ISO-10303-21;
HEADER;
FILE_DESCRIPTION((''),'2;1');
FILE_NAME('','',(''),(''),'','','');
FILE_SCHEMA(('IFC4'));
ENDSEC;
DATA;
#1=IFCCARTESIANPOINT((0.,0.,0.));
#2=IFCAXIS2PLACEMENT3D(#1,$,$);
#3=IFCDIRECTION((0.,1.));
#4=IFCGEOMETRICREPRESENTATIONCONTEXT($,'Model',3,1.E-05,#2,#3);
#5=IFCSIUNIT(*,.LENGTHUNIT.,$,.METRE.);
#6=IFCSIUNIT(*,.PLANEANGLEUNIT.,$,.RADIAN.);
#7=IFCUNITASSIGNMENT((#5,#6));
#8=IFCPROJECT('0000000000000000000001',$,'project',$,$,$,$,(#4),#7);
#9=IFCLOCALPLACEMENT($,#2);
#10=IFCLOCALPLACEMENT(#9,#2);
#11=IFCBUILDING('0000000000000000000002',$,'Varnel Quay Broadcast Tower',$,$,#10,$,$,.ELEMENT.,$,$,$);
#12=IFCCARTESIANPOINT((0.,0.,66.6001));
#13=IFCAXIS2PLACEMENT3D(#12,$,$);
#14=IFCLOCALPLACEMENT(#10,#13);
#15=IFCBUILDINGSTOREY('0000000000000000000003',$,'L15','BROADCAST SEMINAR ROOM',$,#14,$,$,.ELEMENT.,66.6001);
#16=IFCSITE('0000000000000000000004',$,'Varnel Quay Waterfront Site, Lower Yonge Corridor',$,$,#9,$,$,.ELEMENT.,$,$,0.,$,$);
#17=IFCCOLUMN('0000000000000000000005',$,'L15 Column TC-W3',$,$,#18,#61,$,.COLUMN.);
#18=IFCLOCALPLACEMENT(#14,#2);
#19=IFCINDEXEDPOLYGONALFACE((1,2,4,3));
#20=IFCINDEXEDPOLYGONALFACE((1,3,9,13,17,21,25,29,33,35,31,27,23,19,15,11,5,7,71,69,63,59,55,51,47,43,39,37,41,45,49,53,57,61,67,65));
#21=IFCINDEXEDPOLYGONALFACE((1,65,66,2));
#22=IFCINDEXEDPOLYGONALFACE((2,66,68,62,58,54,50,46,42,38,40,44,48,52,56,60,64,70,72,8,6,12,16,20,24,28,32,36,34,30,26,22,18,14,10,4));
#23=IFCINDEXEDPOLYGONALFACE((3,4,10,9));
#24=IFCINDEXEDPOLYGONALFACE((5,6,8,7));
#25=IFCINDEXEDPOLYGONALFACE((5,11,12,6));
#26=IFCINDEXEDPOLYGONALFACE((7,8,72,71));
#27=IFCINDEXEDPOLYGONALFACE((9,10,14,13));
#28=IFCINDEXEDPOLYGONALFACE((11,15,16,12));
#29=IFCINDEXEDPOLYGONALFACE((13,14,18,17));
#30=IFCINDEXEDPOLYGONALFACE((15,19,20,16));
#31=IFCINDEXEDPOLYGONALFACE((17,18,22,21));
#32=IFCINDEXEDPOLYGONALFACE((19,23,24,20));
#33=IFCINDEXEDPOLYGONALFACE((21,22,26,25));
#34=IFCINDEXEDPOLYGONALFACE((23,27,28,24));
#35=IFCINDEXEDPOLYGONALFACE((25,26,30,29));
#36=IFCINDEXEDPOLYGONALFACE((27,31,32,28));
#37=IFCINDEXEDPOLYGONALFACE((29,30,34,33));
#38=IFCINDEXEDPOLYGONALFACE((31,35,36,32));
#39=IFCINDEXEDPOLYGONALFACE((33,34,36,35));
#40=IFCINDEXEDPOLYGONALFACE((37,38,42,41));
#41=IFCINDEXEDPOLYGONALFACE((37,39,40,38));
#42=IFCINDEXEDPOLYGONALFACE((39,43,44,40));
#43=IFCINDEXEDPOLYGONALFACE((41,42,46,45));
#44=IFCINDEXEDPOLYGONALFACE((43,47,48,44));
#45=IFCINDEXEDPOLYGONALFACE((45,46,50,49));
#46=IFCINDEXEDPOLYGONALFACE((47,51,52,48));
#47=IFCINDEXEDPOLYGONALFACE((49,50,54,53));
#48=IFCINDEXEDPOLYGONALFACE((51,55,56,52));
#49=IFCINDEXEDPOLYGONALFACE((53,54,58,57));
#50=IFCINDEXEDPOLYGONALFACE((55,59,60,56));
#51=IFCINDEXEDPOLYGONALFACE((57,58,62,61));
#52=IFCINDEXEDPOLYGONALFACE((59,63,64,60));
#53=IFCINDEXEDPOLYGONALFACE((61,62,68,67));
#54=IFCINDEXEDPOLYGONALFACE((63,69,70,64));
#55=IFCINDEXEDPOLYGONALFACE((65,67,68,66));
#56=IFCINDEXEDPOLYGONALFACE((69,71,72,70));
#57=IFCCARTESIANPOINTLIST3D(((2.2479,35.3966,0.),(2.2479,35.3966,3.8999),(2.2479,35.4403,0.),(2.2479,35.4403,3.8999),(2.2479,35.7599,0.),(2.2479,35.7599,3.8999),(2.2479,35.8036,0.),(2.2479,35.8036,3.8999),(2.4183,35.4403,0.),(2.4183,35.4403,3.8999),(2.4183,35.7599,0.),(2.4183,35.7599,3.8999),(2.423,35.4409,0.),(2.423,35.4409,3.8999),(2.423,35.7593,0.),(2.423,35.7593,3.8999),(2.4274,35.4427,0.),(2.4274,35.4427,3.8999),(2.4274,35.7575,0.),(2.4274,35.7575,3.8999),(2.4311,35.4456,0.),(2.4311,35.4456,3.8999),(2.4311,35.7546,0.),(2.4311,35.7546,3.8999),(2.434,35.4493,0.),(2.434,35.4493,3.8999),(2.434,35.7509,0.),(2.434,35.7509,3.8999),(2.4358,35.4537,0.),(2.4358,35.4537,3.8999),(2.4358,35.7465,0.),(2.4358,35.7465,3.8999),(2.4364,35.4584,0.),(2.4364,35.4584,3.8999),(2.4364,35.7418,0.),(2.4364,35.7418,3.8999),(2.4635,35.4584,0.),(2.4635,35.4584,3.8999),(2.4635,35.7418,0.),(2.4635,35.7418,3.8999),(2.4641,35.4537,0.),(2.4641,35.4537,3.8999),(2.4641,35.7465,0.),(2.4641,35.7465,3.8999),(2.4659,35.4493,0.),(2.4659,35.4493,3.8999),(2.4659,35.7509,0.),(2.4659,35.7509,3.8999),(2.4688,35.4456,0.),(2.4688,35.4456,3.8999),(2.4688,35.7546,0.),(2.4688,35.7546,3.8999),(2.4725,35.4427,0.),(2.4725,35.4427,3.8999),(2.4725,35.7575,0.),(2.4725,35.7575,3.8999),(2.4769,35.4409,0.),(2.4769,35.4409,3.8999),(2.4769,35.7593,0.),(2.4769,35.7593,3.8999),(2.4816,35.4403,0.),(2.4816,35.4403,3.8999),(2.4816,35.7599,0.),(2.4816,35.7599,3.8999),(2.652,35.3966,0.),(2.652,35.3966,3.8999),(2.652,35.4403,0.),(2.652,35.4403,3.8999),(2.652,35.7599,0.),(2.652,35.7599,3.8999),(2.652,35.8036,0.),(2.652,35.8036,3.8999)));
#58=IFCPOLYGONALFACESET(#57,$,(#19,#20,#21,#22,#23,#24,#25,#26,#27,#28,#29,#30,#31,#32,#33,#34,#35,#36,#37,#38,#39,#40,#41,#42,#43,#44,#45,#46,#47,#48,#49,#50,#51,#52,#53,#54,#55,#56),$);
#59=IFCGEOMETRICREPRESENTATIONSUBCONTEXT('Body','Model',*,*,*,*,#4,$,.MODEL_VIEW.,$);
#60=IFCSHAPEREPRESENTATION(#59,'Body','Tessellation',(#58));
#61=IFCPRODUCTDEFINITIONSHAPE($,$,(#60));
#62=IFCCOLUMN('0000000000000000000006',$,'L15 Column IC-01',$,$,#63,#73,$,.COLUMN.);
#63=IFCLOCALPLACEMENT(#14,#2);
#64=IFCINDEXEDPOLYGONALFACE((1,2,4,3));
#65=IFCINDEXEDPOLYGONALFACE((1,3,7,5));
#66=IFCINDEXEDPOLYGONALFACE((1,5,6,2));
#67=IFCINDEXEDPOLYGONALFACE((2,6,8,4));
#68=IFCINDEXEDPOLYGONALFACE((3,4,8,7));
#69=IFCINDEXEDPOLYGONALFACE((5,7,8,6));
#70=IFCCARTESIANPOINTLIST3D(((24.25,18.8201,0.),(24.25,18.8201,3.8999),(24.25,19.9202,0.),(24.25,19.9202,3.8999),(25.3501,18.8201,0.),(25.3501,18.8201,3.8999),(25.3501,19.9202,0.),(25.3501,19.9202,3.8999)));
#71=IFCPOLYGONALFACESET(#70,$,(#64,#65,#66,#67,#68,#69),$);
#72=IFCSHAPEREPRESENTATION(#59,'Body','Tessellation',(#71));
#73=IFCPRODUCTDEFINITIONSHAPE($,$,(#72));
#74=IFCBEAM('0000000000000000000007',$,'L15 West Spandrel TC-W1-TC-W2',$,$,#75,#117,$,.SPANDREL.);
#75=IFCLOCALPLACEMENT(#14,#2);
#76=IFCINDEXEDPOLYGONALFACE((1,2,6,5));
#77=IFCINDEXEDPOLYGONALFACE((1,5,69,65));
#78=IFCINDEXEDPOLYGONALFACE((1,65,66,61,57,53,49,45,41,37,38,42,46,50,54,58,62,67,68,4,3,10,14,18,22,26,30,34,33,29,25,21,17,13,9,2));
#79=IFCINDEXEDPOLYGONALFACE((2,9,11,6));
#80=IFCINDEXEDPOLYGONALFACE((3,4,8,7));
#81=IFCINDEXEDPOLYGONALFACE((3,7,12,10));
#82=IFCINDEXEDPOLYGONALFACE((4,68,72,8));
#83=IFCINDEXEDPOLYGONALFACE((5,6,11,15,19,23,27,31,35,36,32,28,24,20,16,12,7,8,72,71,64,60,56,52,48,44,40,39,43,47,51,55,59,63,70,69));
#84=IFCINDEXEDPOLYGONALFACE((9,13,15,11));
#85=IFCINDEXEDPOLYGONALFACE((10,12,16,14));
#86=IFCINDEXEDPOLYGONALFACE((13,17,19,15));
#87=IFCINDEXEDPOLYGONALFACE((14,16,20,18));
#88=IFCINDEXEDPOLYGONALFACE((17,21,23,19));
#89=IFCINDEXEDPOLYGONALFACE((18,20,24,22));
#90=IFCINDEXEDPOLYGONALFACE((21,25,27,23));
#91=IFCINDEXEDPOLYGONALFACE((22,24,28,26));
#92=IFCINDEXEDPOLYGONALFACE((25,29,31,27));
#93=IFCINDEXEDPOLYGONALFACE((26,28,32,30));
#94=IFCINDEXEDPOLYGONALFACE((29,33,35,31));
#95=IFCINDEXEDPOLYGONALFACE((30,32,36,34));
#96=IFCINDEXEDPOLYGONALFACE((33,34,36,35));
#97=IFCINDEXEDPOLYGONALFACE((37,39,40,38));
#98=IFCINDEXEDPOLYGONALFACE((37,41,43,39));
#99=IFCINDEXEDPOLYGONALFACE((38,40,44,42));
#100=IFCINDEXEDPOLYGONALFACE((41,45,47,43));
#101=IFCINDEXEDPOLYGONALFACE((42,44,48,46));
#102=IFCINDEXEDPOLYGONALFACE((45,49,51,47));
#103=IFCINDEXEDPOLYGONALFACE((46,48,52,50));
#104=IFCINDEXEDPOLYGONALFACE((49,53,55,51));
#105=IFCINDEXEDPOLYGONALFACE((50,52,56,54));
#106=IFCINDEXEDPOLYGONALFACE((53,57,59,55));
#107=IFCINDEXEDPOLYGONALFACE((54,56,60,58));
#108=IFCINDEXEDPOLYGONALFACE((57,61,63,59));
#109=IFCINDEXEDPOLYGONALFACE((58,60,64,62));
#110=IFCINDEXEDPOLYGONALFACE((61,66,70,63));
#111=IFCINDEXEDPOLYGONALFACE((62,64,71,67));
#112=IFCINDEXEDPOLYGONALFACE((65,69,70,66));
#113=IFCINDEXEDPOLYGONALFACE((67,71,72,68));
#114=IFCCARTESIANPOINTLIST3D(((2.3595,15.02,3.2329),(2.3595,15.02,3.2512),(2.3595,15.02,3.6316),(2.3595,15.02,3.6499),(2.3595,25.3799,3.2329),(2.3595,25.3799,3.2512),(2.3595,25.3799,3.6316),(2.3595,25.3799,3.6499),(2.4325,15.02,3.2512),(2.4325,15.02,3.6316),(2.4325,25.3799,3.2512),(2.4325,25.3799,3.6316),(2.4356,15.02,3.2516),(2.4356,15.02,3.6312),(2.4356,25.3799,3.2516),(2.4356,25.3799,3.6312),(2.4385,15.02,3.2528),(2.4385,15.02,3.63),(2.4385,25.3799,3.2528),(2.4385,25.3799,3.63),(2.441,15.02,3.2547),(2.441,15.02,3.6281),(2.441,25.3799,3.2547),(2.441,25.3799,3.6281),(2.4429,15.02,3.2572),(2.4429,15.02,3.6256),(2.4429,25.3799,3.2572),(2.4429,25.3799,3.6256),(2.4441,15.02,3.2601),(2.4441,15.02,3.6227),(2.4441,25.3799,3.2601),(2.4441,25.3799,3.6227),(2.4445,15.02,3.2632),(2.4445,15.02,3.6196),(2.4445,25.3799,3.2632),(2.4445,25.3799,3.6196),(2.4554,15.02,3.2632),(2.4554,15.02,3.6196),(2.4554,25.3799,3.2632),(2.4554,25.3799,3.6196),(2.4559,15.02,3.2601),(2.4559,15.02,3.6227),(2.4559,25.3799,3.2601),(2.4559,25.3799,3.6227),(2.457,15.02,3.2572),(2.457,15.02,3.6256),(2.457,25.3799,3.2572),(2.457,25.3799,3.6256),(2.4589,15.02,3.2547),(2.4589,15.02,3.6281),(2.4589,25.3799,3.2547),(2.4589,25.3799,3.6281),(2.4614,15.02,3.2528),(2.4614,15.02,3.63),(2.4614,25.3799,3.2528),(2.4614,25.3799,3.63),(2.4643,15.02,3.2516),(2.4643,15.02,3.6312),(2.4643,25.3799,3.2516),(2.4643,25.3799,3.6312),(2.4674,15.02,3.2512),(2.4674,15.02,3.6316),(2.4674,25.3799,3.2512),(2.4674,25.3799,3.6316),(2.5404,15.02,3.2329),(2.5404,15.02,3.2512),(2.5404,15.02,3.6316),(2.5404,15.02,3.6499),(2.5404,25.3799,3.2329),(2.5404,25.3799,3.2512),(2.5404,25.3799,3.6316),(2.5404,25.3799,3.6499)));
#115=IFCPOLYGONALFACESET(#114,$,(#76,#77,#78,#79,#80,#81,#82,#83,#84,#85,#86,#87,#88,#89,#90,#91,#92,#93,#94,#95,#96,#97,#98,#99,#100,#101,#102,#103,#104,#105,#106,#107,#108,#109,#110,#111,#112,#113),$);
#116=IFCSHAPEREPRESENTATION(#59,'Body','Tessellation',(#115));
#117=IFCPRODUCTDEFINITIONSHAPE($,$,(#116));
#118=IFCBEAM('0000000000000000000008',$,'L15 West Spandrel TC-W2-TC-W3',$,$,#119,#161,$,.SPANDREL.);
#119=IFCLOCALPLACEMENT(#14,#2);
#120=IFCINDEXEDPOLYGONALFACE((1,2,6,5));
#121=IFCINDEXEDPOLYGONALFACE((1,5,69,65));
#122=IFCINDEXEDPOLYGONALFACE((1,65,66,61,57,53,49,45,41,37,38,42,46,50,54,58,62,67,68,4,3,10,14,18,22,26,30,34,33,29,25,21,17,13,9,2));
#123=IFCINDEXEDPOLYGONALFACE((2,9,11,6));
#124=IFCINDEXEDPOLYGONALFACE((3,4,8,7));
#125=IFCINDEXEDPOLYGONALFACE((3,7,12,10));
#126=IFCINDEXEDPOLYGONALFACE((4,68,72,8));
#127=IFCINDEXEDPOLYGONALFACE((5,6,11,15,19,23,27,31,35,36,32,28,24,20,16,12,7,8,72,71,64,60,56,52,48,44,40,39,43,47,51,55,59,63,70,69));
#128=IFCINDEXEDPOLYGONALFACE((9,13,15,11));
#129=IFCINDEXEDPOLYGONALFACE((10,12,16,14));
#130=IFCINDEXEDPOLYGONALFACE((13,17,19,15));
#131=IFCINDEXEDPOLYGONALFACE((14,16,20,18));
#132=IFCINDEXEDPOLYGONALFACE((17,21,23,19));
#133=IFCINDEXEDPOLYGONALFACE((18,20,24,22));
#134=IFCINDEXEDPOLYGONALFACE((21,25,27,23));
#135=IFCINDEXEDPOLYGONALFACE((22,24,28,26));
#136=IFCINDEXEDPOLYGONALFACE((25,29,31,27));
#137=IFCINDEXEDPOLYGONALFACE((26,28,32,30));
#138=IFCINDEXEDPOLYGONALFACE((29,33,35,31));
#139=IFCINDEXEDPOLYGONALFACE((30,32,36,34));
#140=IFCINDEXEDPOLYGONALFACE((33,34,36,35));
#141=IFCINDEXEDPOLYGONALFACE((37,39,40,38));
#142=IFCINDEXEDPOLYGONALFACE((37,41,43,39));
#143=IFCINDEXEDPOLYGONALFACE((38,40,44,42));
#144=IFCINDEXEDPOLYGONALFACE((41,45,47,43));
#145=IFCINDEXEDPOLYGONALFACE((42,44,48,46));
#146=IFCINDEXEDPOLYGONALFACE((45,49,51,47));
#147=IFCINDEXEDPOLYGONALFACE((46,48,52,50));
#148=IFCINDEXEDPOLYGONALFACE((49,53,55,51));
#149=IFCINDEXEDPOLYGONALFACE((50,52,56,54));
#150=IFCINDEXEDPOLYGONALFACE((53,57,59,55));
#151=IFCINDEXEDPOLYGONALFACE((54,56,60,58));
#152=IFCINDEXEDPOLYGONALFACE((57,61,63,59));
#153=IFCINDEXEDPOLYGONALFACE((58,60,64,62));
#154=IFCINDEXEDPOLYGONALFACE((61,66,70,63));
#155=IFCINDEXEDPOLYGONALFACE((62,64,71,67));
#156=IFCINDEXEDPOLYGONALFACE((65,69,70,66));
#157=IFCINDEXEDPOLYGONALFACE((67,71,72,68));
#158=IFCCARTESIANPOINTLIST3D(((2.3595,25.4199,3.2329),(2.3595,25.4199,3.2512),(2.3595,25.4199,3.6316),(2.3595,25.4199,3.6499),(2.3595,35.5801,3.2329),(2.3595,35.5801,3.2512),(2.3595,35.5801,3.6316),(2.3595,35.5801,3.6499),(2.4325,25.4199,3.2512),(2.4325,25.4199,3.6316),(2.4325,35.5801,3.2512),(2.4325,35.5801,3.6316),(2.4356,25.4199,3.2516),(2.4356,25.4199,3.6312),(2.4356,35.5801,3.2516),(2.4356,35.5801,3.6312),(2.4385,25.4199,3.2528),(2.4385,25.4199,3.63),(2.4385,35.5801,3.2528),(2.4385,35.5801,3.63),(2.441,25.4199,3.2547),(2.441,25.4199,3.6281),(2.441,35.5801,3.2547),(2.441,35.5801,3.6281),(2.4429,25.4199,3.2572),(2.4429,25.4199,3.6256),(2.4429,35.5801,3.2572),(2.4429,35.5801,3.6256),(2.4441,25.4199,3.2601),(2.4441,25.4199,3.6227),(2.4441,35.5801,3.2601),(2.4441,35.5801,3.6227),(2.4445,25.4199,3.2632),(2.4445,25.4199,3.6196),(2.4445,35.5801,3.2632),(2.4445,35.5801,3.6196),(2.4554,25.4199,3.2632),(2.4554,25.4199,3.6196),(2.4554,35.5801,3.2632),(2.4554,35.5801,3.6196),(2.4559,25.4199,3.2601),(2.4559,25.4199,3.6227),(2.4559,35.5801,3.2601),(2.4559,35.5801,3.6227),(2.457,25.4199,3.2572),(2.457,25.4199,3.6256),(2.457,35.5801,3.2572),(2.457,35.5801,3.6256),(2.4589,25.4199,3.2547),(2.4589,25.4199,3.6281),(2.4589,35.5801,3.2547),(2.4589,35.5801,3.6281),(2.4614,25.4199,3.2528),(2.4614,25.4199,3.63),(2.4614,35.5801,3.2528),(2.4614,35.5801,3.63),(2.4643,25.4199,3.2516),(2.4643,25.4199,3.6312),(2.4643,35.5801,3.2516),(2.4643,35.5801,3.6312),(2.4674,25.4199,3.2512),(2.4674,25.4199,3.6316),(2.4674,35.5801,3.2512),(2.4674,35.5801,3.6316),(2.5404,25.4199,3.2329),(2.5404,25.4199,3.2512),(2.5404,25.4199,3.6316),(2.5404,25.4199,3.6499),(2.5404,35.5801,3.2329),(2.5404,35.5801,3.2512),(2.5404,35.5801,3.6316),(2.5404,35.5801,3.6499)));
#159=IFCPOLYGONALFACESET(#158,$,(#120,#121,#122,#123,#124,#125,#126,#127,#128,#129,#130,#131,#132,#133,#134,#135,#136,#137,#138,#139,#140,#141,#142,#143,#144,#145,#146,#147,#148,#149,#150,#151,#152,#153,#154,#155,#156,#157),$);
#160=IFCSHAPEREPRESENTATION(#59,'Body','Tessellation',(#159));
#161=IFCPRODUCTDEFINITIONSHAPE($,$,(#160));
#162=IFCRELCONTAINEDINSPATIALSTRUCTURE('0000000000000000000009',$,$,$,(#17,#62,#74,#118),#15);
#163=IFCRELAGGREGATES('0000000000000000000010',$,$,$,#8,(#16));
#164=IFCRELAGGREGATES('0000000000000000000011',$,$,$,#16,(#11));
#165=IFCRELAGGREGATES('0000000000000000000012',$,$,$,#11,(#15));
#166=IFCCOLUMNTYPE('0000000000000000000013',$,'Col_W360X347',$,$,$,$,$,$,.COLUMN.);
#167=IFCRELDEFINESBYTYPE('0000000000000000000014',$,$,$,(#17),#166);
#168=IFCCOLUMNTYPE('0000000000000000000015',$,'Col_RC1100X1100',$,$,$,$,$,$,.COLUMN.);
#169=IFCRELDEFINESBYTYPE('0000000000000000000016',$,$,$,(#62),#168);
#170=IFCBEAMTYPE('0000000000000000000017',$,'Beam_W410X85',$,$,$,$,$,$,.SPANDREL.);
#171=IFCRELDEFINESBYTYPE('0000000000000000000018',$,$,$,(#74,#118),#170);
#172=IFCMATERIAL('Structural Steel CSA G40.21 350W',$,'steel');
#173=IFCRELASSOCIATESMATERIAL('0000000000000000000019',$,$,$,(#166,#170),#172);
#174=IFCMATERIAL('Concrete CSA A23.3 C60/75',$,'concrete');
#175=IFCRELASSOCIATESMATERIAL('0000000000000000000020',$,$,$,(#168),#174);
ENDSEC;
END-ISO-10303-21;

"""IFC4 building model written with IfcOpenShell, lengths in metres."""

from ifc_helpers import new_model, si_unit, direction, frame, origin, origin_2d, place, context, subcontext, project, spatial, rectangle, i_section, extrude, source, transform, mapped, material, material_profile, profile_set, type_object, type_shapes, element, save


model = new_model("IFC4")

# Units and contexts
model_context = context("Model", 3, precision=1e-05, world=origin(), true_north=direction((0.0, 1.0)))
body_context = subcontext(model_context, "Body", "Model", "MODEL_VIEW")
ifc_project = project(units=[si_unit("LENGTHUNIT", "METRE"), si_unit("PLANEANGLEUNIT", "RADIAN")], contexts=[model_context])

# Site, building, storey
site_placement = place(None, origin())
site = spatial("IfcSite", under=ifc_project, at=site_placement, Name="Varnel Quay Waterfront Site, Lower Yonge Corridor", CompositionType="ELEMENT", RefElevation=0.0)
building_placement = place(site_placement, origin())
building = spatial("IfcBuilding", under=site, at=building_placement, Name="Varnel Quay Broadcast Tower", CompositionType="ELEMENT")
storey_placement = place(building_placement, frame((0.0, 0.0, 66.6001)))
storey = spatial("IfcBuildingStorey", under=building, at=storey_placement, Name="L15", Description="BROADCAST SEMINAR ROOM", CompositionType="ELEMENT", Elevation=66.6001)

# Columns
ifc_material_1 = material(Name="Structural Steel CSA G40.21 350W", Category="steel")
ifc_material_profile_1 = material_profile(ifc_material_1, i_section(OverallWidth=0.4041, OverallDepth=0.407, WebThickness=0.0271, FlangeThickness=0.0437, FilletRadius=0.0181, at=origin_2d()), Name="W360X347")
ifc_profile_set_1 = profile_set([ifc_material_profile_1], Name="Structural Steel CSA G40.21 350W")
column_type_1 = type_object("IfcColumnType", Name="Col_W360X347", PredefinedType="COLUMN", material=ifc_profile_set_1)
shared_shape_1 = source(origin(), body_context, "Body", "SweptSolid", [
    extrude(i_section(OverallWidth=0.4041, OverallDepth=0.407, WebThickness=0.0271, FlangeThickness=0.0437, FilletRadius=0.0181, at=origin_2d()), origin(), (0.0, 0.0, 1.0), 3.8999),
])
type_shapes(column_type_1, [shared_shape_1])
for number, where, z_axis, x_axis, name in (
    (1, (2.45, 35.6001, 0.0), (0.0, 0.0, 1.0), (1.0, 0.0, 0.0), "L15 Column TC-W3"),
):
    element("IfcColumn", number, at=place(storey_placement, frame(where, z_axis=z_axis, x_axis=x_axis)), inside=storey, type_object=column_type_1, Name=name, PredefinedType="COLUMN", context=body_context, shape_type="MappedRepresentation", body=[
        mapped(shared_shape_1, transform((0.0, 0.0, 0.0), x_axis=(1.0, 0.0, 0.0), y_axis=(0.0, 1.0, 0.0), z_axis=(0.0, 0.0, 1.0), scale=1.0)),
    ])
ifc_material_2 = material(Name="Concrete CSA A23.3 C60/75", Category="concrete")
ifc_material_profile_2 = material_profile(ifc_material_2, rectangle(XDim=1.1001, YDim=1.1001, at=origin_2d()), Name="RC1100X1100")
ifc_profile_set_2 = profile_set([ifc_material_profile_2], Name="Concrete CSA A23.3 C60/75")
column_type_2 = type_object("IfcColumnType", Name="Col_RC1100X1100", PredefinedType="COLUMN", material=ifc_profile_set_2)
shared_shape_2 = source(origin(), body_context, "Body", "SweptSolid", [
    extrude(rectangle(XDim=1.1001, YDim=1.1001, at=origin_2d()), origin(), (0.0, 0.0, 1.0), 3.8999),
])
type_shapes(column_type_2, [shared_shape_2])
column_placement = place(storey_placement, frame((24.8, 19.3701, 0.0), z_axis=(0.0, 0.0, 1.0), x_axis=(1.0, 0.0, 0.0)))
element("IfcColumn", 2, at=column_placement, inside=storey, type_object=column_type_2, Name="L15 Column IC-01", PredefinedType="COLUMN", context=body_context, shape_type="MappedRepresentation", body=[
    mapped(shared_shape_2, transform((0.0, 0.0, 0.0), x_axis=(1.0, 0.0, 0.0), y_axis=(0.0, 1.0, 0.0), z_axis=(0.0, 0.0, 1.0), scale=1.0)),
])

# Beams
ifc_material_profile_3 = material_profile(ifc_material_1, i_section(OverallWidth=0.1809, OverallDepth=0.417, WebThickness=0.011, FlangeThickness=0.0183, FilletRadius=0.012, at=origin_2d()), Name="W410X85")
ifc_profile_set_3 = profile_set([ifc_material_profile_3], Name="Structural Steel CSA G40.21 350W")
beam_type_1 = type_object("IfcBeamType", Name="Beam_W410X85", PredefinedType="SPANDREL", material=ifc_profile_set_3)
shared_shape_3 = source(origin(), body_context, "Body", "SweptSolid", [
    extrude(i_section(OverallWidth=0.1809, OverallDepth=0.417, WebThickness=0.011, FlangeThickness=0.0183, FilletRadius=0.012, at=origin_2d()), origin(), (0.0, 0.0, 1.0), 10.3599),
])
beam_1_placement = place(storey_placement, frame((2.45, 15.02, 3.4414), z_axis=(0.0, 1.0, 0.0), x_axis=(-1.0, 0.0, 0.0)))
element("IfcBeam", 3, at=beam_1_placement, inside=storey, type_object=beam_type_1, Name="L15 West Spandrel TC-W1-TC-W2", PredefinedType="SPANDREL", context=body_context, shape_type="MappedRepresentation", body=[
    mapped(shared_shape_3, transform((0.0, 0.0, 0.0), x_axis=(1.0, 0.0, 0.0), y_axis=(0.0, 1.0, 0.0), z_axis=(0.0, 0.0, 1.0), scale=1.0)),
])
shared_shape_4 = source(origin(), body_context, "Body", "SweptSolid", [
    extrude(i_section(OverallWidth=0.1809, OverallDepth=0.417, WebThickness=0.011, FlangeThickness=0.0183, FilletRadius=0.012, at=origin_2d()), origin(), (0.0, 0.0, 1.0), 10.1602),
])
beam_2_placement = place(storey_placement, frame((2.45, 25.4199, 3.4414), z_axis=(0.0, 1.0, 0.0), x_axis=(-1.0, 0.0, 0.0)))
element("IfcBeam", 4, at=beam_2_placement, inside=storey, type_object=beam_type_1, Name="L15 West Spandrel TC-W2-TC-W3", PredefinedType="SPANDREL", context=body_context, shape_type="MappedRepresentation", body=[
    mapped(shared_shape_4, transform((0.0, 0.0, 0.0), x_axis=(1.0, 0.0, 0.0), y_axis=(0.0, 1.0, 0.0), z_axis=(0.0, 0.0, 1.0), scale=1.0)),
])

save(model, "model.ifc")
